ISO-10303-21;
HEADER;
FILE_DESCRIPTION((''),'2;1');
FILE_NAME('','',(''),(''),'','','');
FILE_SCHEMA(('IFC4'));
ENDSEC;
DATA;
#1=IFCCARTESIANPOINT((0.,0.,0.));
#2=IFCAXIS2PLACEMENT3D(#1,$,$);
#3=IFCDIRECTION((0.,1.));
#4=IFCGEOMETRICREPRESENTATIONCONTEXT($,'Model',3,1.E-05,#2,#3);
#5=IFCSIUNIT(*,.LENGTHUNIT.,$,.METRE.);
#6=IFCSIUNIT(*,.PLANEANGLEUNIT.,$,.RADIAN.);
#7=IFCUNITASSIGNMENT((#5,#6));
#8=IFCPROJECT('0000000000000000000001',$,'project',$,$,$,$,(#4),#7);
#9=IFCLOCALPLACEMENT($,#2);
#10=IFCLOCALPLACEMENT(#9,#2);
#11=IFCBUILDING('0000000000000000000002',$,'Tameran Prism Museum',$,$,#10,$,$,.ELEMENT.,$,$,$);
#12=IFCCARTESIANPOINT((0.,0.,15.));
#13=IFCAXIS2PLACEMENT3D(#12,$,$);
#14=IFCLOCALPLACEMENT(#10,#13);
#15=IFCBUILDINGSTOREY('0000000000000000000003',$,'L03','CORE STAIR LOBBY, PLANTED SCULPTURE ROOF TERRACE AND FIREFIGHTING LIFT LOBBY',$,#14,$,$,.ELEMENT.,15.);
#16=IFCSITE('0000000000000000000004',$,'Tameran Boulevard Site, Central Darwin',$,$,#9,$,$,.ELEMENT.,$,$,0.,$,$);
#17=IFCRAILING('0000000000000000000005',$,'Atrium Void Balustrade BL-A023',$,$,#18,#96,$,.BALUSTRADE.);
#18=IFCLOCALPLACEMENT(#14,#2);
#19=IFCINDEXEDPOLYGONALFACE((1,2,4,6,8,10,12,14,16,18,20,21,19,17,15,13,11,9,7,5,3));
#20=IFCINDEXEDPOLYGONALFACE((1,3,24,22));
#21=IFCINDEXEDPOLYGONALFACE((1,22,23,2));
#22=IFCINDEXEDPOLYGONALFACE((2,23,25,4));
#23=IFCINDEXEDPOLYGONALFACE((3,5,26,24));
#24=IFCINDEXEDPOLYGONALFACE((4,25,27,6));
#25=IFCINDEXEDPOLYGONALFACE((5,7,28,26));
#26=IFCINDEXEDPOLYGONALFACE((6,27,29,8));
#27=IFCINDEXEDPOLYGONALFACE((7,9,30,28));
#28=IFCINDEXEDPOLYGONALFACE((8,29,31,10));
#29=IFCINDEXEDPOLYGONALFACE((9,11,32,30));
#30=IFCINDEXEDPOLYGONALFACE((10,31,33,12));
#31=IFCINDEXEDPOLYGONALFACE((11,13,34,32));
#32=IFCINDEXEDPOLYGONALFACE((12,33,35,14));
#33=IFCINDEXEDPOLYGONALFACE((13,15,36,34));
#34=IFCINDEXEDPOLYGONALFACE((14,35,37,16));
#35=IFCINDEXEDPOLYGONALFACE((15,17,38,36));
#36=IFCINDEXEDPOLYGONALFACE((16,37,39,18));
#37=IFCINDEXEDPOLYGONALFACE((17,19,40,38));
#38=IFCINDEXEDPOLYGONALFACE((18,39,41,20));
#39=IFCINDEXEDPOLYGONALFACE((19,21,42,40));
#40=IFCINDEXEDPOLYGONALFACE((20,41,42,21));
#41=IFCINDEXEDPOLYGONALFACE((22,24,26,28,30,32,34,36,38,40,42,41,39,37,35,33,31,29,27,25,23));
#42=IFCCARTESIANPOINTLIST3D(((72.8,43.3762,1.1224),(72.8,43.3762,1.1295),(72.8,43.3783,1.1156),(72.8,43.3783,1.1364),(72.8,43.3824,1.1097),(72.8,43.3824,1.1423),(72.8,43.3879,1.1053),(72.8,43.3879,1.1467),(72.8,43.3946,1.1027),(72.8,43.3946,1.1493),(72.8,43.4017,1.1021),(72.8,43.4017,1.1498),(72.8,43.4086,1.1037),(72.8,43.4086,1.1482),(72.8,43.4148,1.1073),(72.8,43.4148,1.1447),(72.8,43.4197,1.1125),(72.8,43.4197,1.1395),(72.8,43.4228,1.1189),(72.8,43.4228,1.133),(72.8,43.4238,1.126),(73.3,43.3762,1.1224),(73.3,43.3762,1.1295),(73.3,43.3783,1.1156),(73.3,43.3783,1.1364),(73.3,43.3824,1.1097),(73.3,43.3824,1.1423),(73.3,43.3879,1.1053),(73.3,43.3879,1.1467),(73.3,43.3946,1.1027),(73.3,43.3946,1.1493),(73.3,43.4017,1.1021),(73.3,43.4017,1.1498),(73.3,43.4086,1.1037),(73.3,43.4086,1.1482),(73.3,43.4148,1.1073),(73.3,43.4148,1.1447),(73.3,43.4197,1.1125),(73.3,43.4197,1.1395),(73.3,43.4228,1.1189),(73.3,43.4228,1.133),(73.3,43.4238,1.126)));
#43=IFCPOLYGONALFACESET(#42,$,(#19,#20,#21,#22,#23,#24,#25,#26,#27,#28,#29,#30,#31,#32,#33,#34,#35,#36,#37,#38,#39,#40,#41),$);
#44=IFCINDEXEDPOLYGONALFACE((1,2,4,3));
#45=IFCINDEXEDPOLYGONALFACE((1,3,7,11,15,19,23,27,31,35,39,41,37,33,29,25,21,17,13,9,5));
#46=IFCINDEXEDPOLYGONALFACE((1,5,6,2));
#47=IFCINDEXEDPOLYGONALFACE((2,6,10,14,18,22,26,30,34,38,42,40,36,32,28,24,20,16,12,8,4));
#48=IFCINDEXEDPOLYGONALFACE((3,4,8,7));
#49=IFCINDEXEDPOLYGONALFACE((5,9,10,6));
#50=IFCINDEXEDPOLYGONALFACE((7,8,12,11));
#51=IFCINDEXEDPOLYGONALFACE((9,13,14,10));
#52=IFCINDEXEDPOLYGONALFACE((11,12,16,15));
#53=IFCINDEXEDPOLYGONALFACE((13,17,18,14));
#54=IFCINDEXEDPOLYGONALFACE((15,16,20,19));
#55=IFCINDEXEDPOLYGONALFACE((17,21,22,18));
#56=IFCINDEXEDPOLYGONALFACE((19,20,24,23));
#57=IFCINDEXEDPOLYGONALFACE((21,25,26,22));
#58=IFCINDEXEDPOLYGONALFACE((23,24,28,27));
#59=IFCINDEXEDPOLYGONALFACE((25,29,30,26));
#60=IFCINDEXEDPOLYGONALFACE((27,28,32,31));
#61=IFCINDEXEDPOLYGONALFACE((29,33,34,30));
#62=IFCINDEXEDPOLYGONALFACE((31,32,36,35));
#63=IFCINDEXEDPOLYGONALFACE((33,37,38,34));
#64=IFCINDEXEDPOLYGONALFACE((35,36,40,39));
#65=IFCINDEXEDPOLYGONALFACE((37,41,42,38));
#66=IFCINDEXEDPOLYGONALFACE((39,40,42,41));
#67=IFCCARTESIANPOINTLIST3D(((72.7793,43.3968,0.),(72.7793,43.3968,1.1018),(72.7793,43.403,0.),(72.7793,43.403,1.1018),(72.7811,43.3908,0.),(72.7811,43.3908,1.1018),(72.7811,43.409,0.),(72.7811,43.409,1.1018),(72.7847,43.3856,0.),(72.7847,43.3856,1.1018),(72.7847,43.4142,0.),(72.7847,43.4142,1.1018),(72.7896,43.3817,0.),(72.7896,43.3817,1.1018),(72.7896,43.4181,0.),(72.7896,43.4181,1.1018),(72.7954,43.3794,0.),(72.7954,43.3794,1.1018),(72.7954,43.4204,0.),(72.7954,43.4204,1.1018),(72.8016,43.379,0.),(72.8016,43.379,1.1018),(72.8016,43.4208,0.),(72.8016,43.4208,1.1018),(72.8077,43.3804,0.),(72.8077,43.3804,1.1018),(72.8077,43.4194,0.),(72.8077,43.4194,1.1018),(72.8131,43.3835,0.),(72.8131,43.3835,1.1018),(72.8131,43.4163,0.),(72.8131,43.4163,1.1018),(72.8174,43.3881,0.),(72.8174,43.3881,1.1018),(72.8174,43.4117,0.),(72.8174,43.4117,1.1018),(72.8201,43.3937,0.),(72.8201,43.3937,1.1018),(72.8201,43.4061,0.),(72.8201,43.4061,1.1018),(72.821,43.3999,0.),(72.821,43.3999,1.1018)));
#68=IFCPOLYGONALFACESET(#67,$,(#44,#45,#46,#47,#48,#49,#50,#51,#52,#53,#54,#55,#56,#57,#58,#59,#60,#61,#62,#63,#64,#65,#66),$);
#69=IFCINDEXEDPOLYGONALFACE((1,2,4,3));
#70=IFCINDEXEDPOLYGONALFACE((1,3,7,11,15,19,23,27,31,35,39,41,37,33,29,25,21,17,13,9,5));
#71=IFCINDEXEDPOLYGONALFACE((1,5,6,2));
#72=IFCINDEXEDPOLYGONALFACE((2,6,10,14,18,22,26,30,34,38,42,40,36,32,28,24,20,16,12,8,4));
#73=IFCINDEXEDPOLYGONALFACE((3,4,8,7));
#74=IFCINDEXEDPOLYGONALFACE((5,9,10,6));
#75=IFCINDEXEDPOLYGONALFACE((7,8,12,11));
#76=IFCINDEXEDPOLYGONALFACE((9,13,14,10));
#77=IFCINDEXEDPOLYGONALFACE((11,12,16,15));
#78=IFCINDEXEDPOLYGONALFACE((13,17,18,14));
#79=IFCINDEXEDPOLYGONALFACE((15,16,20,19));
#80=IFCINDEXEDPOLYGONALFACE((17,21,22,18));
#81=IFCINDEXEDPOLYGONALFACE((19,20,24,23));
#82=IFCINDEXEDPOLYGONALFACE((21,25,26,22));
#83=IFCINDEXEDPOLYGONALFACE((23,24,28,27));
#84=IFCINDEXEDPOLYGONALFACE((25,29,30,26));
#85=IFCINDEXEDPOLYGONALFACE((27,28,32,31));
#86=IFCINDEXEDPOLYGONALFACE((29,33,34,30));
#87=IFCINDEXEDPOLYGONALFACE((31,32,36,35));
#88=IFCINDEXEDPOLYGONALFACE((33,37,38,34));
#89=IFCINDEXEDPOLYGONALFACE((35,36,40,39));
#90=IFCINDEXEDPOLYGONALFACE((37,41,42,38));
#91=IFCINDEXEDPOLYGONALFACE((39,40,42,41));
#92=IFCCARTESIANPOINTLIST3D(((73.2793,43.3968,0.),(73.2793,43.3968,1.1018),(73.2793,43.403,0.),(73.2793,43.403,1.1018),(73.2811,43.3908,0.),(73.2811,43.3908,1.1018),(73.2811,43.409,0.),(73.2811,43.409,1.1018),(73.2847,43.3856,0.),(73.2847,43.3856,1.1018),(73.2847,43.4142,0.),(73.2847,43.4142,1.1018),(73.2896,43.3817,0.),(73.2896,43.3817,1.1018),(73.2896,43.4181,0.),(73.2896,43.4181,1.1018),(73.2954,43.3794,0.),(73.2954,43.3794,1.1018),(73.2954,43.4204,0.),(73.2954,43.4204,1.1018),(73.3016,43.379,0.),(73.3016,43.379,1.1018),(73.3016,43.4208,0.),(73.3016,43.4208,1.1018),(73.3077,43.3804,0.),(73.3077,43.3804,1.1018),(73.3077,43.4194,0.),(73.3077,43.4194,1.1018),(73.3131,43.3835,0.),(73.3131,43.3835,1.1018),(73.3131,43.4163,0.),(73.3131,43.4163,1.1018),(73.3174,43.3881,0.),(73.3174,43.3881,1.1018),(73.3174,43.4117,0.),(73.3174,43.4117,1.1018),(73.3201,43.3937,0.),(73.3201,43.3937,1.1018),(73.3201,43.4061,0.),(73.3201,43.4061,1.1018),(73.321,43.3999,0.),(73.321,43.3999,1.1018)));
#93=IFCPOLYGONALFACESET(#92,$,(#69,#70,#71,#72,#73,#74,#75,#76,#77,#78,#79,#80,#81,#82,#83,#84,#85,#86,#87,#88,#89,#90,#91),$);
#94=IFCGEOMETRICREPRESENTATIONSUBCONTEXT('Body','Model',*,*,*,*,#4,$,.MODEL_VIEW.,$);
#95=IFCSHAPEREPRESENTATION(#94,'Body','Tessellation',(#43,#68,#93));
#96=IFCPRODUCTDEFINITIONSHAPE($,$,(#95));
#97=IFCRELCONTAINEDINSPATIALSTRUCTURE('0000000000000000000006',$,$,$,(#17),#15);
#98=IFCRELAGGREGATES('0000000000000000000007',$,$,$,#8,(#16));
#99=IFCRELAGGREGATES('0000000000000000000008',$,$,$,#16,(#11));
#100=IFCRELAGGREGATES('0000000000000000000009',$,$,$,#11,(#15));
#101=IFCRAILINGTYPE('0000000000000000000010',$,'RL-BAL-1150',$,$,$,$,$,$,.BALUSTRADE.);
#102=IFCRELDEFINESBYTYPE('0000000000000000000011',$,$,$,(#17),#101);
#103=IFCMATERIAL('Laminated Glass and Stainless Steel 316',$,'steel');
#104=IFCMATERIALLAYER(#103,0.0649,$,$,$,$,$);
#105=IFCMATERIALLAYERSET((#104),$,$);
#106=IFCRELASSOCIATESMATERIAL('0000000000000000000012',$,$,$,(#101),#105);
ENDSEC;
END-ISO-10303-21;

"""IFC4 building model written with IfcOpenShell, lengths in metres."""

from ifc_helpers import new_model, si_unit, direction, frame, origin, origin_2d, place, context, subcontext, project, spatial, circle, extrude, material, layer, layer_set, type_object, element, save


model = new_model("IFC4")

# Units and contexts
model_context = context("Model", 3, precision=1e-05, world=origin(), true_north=direction((0.0, 1.0)))
body_context = subcontext(model_context, "Body", "Model", "MODEL_VIEW")
ifc_project = project(units=[si_unit("LENGTHUNIT", "METRE"), si_unit("PLANEANGLEUNIT", "RADIAN")], contexts=[model_context])

# Site, building, storey
site_placement = place(None, origin())
site = spatial("IfcSite", under=ifc_project, at=site_placement, Name="Tameran Boulevard Site, Central Darwin", CompositionType="ELEMENT", RefElevation=0.0)
building_placement = place(site_placement, origin())
building = spatial("IfcBuilding", under=site, at=building_placement, Name="Tameran Prism Museum", CompositionType="ELEMENT")
storey_placement = place(building_placement, frame((0.0, 0.0, 15.0)))
storey = spatial("IfcBuildingStorey", under=building, at=storey_placement, Name="L03", Description="CORE STAIR LOBBY, PLANTED SCULPTURE ROOF TERRACE AND FIREFIGHTING LIFT LOBBY", CompositionType="ELEMENT", Elevation=15.0)

# Railing
ifc_material_1 = material(Name="Laminated Glass and Stainless Steel 316", Category="steel")
ifc_layer_1 = layer(ifc_material_1, 0.0649)
ifc_layer_set_1 = layer_set([ifc_layer_1])
railing_type = type_object("IfcRailingType", Name="RL-BAL-1150", PredefinedType="BALUSTRADE", material=ifc_layer_set_1)
railing_1_placement = place(storey_placement, frame((72.8, 43.3999, 0.0)))
element("IfcRailing", 1, at=railing_1_placement, inside=storey, type_object=railing_type, Name="Atrium Void Balustrade BL-A023", PredefinedType="BALUSTRADE", context=body_context, shape_type="SweptSolid", body=[
    extrude(circle(Radius=0.0239, at=origin_2d()), frame((0.0, 0.0, 1.126), z_axis=(1.0, 0.0, 0.0), x_axis=(0.0, 1.0, 0.0)), (0.0, 0.0, 1.0), 0.5),
    extrude(circle(Radius=0.021, at=origin_2d()), origin(), (0.0, 0.0, 1.0), 1.1018),
    extrude(circle(Radius=0.021, at=origin_2d()), frame((0.5, 0.0, 0.0)), (0.0, 0.0, 1.0), 1.1018),
])

save(model, "model.ifc")
